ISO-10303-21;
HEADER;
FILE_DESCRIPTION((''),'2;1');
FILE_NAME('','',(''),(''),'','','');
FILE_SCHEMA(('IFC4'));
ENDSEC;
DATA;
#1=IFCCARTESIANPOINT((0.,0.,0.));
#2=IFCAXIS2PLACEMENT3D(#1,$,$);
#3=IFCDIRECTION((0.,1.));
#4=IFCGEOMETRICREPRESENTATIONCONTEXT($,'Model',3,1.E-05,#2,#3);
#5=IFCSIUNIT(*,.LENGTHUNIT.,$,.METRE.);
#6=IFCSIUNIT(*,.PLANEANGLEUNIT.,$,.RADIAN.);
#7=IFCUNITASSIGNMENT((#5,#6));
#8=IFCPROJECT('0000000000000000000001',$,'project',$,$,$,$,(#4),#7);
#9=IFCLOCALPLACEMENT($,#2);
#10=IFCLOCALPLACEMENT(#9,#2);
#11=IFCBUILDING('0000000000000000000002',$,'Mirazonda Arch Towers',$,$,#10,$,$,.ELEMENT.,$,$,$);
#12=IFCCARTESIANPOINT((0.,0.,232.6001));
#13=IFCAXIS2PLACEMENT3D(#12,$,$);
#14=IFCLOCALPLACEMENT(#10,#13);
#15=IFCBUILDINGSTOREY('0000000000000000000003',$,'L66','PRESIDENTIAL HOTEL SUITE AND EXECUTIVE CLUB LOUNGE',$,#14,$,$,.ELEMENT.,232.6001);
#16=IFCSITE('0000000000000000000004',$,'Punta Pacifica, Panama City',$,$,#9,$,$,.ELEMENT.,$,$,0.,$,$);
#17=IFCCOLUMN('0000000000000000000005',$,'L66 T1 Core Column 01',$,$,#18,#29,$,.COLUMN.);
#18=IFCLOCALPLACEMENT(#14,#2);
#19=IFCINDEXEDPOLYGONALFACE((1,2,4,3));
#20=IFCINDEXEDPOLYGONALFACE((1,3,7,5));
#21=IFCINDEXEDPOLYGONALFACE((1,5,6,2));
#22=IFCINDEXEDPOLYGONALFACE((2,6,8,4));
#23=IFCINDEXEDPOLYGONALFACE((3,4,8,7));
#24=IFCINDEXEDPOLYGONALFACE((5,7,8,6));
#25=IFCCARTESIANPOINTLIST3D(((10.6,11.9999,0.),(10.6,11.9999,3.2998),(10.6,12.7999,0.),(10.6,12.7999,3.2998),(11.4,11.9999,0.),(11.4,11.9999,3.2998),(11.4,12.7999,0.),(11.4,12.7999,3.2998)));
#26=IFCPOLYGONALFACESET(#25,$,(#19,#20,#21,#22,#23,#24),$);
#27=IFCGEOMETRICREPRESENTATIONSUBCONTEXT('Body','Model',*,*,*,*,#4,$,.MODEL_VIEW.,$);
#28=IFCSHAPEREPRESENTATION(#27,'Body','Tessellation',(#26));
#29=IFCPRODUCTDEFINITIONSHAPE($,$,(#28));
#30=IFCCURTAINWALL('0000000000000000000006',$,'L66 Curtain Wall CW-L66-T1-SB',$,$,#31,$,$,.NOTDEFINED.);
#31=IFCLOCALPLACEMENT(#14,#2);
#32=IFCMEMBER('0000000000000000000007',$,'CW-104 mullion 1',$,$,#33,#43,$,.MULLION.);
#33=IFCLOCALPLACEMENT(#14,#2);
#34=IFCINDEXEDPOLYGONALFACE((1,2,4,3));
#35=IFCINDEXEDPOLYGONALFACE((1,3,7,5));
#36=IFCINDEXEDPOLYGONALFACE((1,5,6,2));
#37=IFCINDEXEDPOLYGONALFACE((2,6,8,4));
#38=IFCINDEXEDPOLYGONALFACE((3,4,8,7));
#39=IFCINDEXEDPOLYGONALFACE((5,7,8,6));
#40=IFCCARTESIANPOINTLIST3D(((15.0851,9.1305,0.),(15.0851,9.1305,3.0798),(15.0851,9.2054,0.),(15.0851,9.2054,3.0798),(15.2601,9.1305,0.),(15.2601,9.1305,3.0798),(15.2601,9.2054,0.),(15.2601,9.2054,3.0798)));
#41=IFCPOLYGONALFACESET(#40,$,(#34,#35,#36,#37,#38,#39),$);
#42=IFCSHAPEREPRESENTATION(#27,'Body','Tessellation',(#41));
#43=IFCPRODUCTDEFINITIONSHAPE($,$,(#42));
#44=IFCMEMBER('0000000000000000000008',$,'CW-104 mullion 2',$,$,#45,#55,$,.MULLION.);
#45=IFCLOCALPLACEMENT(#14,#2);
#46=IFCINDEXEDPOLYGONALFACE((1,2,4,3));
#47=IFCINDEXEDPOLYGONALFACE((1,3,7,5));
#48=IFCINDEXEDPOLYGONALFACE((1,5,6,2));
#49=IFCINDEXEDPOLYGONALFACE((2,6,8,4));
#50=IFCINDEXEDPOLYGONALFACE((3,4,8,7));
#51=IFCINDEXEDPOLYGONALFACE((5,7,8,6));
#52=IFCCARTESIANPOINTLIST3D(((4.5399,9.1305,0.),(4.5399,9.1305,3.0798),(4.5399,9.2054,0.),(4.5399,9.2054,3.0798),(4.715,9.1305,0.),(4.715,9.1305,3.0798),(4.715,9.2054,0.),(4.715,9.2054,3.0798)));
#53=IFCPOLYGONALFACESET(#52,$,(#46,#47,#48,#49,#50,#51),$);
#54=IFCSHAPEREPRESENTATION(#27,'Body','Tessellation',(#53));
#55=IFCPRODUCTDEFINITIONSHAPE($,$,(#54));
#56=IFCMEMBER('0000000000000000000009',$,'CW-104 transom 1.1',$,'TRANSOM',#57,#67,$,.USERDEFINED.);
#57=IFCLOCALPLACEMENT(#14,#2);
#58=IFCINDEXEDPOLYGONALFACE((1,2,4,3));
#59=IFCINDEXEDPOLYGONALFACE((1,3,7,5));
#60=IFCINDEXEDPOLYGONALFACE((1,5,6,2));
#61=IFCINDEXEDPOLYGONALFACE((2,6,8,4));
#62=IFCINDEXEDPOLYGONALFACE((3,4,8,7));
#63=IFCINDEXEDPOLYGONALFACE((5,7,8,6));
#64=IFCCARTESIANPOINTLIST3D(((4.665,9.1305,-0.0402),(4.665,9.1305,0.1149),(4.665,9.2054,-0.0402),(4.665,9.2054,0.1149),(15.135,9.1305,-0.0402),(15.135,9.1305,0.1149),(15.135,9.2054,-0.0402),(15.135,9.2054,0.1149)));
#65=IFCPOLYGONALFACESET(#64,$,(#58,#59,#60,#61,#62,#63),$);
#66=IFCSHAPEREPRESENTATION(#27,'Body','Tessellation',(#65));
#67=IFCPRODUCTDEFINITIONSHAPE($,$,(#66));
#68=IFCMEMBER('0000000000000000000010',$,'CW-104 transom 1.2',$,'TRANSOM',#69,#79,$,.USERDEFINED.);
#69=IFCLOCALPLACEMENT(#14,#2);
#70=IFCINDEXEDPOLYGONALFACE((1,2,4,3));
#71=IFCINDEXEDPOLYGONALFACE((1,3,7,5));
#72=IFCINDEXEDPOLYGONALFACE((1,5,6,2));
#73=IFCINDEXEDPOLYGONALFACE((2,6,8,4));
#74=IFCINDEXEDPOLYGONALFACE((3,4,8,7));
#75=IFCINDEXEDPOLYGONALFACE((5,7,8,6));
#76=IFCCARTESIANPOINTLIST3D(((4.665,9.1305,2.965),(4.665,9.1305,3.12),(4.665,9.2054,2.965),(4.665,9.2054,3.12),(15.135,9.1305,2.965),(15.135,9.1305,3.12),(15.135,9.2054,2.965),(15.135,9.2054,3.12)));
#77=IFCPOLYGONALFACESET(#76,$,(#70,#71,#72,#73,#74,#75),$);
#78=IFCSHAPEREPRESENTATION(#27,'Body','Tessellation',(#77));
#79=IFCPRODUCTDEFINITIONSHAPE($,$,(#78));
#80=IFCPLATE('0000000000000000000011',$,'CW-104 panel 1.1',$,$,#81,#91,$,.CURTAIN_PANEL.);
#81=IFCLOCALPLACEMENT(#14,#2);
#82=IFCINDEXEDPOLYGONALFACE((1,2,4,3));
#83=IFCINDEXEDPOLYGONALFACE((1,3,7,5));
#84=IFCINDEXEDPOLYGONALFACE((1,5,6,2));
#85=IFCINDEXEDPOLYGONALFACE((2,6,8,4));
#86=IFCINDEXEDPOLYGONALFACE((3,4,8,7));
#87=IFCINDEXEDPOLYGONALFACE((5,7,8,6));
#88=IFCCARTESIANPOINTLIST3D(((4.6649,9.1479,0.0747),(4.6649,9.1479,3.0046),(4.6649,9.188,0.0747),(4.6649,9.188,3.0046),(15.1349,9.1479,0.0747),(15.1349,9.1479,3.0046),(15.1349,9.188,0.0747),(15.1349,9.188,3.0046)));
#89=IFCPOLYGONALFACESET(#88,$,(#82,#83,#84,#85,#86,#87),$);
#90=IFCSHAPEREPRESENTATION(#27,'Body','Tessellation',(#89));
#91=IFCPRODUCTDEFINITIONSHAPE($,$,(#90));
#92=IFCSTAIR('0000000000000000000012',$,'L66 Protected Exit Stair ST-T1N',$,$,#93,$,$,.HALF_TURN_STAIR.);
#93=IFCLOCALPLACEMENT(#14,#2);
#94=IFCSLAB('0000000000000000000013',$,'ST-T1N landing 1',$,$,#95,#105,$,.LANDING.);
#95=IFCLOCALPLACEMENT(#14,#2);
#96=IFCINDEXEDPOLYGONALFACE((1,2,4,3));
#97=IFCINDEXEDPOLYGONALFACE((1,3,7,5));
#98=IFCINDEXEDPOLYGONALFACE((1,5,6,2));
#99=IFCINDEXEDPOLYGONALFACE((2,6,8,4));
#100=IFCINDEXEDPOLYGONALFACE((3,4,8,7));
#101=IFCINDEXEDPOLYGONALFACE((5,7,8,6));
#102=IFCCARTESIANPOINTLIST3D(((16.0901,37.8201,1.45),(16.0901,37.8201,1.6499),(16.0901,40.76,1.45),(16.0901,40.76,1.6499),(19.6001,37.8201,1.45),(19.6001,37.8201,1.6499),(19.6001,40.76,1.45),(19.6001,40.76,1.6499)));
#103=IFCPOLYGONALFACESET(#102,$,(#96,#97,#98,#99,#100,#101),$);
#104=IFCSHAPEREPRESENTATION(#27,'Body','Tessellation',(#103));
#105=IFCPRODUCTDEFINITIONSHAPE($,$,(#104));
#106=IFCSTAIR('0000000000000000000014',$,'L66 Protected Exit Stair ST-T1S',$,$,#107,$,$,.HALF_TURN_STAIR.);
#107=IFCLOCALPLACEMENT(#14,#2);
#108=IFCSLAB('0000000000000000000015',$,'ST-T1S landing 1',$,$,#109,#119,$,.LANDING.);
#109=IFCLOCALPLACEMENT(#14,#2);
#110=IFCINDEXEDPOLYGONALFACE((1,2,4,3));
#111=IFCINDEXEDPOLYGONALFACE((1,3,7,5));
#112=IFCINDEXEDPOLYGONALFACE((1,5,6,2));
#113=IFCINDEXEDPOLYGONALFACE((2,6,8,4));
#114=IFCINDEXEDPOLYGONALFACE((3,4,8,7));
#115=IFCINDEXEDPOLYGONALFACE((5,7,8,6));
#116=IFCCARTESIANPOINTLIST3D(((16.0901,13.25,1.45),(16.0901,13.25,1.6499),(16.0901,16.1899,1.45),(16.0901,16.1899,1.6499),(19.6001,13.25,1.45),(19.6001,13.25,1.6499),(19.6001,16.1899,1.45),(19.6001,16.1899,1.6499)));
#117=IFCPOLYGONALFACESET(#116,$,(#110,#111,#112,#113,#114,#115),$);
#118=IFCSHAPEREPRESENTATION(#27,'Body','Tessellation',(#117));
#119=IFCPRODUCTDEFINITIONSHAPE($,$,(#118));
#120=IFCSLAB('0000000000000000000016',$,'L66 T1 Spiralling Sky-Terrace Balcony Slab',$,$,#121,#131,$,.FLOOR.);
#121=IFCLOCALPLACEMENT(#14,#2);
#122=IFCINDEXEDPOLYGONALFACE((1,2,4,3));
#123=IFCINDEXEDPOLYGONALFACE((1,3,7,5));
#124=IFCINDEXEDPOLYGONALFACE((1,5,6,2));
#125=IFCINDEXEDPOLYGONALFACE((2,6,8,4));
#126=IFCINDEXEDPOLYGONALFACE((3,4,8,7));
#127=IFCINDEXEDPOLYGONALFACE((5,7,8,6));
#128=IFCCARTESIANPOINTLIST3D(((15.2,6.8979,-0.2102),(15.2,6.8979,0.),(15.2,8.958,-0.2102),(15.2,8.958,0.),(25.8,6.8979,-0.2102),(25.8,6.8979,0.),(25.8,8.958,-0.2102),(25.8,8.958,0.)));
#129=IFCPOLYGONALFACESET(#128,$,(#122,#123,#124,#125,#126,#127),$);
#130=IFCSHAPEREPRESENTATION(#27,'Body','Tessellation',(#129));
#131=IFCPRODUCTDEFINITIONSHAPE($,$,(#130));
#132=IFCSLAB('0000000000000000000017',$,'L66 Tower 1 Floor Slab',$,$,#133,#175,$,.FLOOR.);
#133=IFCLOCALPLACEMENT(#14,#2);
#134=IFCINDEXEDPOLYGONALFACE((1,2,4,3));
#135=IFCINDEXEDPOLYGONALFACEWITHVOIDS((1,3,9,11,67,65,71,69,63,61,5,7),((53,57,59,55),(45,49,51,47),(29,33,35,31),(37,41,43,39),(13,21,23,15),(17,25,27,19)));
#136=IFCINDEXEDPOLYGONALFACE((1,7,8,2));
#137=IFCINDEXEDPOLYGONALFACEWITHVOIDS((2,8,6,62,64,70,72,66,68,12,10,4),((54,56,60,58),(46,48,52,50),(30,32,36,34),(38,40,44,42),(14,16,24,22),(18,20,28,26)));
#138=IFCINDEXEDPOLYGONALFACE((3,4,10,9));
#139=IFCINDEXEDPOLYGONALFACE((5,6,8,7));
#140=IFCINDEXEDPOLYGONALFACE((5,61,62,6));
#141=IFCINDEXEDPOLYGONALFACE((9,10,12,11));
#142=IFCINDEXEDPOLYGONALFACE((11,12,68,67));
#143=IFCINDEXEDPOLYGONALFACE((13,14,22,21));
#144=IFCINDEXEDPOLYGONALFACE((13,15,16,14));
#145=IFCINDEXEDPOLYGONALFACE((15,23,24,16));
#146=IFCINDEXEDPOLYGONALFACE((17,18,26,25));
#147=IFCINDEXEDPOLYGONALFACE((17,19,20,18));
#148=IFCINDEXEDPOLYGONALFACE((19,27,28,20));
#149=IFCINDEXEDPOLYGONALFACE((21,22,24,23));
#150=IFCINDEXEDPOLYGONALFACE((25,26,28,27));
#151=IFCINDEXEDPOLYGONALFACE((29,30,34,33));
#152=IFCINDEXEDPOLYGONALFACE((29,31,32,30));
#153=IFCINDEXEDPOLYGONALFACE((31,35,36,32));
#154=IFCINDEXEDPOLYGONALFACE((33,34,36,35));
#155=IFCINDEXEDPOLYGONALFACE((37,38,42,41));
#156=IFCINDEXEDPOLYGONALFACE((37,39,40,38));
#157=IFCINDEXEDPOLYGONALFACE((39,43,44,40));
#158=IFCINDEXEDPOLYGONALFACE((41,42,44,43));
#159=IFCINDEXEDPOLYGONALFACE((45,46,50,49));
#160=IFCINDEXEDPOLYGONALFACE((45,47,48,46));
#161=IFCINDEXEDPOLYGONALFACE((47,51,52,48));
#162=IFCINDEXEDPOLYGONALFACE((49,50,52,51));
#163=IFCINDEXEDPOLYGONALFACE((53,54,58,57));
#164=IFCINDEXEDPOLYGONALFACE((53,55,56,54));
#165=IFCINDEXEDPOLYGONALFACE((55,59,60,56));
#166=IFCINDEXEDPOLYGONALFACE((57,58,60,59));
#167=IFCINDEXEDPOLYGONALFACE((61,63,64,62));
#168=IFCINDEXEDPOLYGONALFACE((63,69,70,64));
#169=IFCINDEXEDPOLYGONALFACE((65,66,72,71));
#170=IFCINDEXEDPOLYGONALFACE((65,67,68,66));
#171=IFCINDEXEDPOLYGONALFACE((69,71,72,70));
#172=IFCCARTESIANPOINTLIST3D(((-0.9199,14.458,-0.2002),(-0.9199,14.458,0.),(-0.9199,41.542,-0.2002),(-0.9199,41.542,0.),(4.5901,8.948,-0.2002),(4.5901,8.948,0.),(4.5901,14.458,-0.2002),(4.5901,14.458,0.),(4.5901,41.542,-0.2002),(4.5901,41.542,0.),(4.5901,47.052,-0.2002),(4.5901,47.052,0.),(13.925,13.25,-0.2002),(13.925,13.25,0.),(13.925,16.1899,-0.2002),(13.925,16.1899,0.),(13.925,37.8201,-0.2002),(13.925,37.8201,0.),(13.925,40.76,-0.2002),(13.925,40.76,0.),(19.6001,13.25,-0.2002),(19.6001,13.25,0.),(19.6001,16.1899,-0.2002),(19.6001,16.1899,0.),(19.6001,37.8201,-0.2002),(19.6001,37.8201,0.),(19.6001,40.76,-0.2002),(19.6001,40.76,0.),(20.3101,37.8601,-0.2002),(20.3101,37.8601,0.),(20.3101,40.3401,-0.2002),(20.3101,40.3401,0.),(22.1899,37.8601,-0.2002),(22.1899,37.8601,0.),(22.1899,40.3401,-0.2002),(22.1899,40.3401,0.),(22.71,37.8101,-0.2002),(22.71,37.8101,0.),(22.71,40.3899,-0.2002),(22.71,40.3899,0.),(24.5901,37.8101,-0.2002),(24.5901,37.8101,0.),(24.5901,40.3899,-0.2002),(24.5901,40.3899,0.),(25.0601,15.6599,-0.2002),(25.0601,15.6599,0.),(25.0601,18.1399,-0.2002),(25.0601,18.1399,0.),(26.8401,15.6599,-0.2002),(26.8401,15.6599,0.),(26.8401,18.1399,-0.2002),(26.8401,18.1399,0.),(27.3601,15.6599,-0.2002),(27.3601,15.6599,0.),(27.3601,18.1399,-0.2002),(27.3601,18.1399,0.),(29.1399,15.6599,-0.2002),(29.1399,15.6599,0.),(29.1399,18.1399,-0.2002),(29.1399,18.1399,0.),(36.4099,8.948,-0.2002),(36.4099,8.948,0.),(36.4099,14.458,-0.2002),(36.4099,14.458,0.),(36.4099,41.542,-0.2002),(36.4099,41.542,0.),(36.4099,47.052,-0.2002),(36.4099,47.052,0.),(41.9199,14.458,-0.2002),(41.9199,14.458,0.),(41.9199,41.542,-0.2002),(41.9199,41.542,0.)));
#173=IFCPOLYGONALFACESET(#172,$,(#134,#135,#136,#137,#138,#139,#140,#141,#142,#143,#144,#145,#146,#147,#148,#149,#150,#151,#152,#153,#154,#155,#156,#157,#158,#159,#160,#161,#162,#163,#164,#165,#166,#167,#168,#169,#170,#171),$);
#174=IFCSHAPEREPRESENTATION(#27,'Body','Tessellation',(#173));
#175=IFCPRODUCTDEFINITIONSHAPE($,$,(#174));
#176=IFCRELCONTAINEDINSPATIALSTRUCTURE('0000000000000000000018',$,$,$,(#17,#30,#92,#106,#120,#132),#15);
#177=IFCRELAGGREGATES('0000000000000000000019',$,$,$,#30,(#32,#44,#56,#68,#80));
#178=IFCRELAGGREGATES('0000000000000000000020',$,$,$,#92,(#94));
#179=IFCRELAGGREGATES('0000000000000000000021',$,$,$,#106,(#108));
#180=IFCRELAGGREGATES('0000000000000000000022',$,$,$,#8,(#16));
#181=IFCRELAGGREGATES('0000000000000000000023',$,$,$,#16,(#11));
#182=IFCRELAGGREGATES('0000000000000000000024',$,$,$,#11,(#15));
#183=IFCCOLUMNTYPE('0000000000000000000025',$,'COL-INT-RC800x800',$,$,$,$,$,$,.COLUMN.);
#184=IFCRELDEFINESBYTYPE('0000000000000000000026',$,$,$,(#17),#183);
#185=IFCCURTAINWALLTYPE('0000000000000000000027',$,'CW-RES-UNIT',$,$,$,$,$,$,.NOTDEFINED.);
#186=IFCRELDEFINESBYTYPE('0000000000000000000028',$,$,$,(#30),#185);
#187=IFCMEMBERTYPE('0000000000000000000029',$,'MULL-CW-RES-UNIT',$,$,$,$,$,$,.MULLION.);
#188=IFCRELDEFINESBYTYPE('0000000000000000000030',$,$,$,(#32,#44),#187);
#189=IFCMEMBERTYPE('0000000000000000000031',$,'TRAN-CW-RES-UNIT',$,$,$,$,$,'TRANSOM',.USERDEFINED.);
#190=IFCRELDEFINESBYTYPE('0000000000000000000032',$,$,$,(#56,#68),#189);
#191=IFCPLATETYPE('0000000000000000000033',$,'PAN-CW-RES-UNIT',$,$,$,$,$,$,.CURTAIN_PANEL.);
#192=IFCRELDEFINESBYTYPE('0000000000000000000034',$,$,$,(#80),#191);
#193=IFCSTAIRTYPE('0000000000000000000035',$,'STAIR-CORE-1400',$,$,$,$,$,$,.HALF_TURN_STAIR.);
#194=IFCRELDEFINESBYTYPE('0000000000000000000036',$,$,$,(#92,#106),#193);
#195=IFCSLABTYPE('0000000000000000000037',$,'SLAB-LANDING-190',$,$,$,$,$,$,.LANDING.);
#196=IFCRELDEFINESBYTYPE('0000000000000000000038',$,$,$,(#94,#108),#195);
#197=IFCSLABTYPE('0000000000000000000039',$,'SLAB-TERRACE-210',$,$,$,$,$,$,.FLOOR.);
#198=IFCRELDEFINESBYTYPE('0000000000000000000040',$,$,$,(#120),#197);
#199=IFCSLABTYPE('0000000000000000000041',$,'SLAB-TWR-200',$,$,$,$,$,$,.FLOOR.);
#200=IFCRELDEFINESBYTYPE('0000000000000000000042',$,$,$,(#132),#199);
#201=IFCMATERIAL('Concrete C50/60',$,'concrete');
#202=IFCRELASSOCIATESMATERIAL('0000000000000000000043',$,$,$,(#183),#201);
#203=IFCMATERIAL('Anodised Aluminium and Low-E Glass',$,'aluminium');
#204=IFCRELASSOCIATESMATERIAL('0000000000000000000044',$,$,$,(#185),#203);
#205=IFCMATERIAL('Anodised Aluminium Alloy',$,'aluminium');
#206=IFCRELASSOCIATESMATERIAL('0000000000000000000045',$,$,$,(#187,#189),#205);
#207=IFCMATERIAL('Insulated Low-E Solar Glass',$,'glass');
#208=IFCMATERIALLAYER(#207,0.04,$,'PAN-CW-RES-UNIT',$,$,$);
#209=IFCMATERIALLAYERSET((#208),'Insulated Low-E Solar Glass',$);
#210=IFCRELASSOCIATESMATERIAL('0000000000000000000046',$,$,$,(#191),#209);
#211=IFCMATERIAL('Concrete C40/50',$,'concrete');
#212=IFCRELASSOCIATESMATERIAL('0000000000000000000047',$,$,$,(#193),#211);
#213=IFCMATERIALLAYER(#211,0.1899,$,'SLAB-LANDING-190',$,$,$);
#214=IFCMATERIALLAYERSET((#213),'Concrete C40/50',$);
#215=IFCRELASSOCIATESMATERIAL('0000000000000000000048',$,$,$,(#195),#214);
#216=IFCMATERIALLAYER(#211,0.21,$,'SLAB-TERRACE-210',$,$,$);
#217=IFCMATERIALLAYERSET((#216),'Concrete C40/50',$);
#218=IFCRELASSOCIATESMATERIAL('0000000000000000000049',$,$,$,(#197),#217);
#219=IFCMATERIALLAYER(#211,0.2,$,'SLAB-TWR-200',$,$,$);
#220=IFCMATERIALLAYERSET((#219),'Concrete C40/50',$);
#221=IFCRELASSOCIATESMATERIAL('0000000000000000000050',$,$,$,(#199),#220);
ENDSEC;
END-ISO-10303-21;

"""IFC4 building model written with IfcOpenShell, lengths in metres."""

from ifc_helpers import new_model, si_unit, direction, frame, origin, origin_2d, place, context, subcontext, project, spatial, polyline, rectangle, outline, extrude, material, layer, layer_set, material_profile, profile_set, type_object, element, aggregate, save


model = new_model("IFC4")

# Units and contexts
model_context = context("Model", 3, precision=1e-05, world=origin(), true_north=direction((0.0, 1.0)))
body_context = subcontext(model_context, "Body", "Model", "MODEL_VIEW")
ifc_project = project(units=[si_unit("LENGTHUNIT", "METRE"), si_unit("PLANEANGLEUNIT", "RADIAN")], contexts=[model_context])

# Site, building, storey
site_placement = place(None, origin())
site = spatial("IfcSite", under=ifc_project, at=site_placement, Name="Punta Pacifica, Panama City", CompositionType="ELEMENT", RefElevation=0.0)
building_placement = place(site_placement, origin())
building = spatial("IfcBuilding", under=site, at=building_placement, Name="Mirazonda Arch Towers", CompositionType="ELEMENT")
storey_placement = place(building_placement, frame((0.0, 0.0, 232.6001)))
storey = spatial("IfcBuildingStorey", under=building, at=storey_placement, Name="L66", Description="PRESIDENTIAL HOTEL SUITE AND EXECUTIVE CLUB LOUNGE", CompositionType="ELEMENT", Elevation=232.6001)

# Column
ifc_material_1 = material(Name="Concrete C50/60", Category="concrete")
ifc_material_profile_1 = material_profile(ifc_material_1, rectangle(XDim=0.8, YDim=0.8, at=origin_2d()), Name="RC800x800")
ifc_profile_set_1 = profile_set([ifc_material_profile_1], Name="Concrete C50/60")
column_type = type_object("IfcColumnType", Name="COL-INT-RC800x800", PredefinedType="COLUMN", material=ifc_profile_set_1)
column_placement = place(storey_placement, frame((11.0, 12.3999, 0.0), z_axis=(0.0, 0.0, 1.0), x_axis=(1.0, 0.0, 0.0)))
element("IfcColumn", 1, at=column_placement, inside=storey, type_object=column_type, Name="L66 T1 Core Column 01", PredefinedType="COLUMN", context=body_context, shape_type="SweptSolid", body=[
    extrude(rectangle(XDim=0.8, YDim=0.8, at=origin_2d()), origin(), (0.0, 0.0, 1.0), 3.2998),
])

# Curtain wall, members, plate
ifc_material_2 = material(Name="Anodised Aluminium and Low-E Glass", Category="aluminium")
curtain_wall_type = type_object("IfcCurtainWallType", Name="CW-RES-UNIT", PredefinedType="NOTDEFINED", material=ifc_material_2)
curtain_wall_placement = place(storey_placement, origin())
curtain_wall = element("IfcCurtainWall", 2, at=curtain_wall_placement, inside=storey, type_object=curtain_wall_type, Name="L66 Curtain Wall CW-L66-T1-SB", PredefinedType="NOTDEFINED")
ifc_material_3 = material(Name="Anodised Aluminium Alloy", Category="aluminium")
ifc_material_profile_2 = material_profile(ifc_material_3, rectangle(XDim=0.075, YDim=0.175, at=origin_2d()), Name="ALU-MULL-75x175")
ifc_profile_set_2 = profile_set([ifc_material_profile_2], Name="Anodised Aluminium Alloy")
member_type_1 = type_object("IfcMemberType", Name="MULL-CW-RES-UNIT", PredefinedType="MULLION", material=ifc_profile_set_2)
member_1_placement = place(storey_placement, frame((15.1726, 9.168, 0.0), z_axis=(0.0, 0.0, 1.0), x_axis=(0.0, -1.0, 0.0)))
member_1 = element("IfcMember", 3, at=member_1_placement, type_object=member_type_1, Name="CW-104 mullion 1", PredefinedType="MULLION", context=body_context, shape_type="SweptSolid", body=[
    extrude(rectangle(XDim=0.075, YDim=0.175, at=origin_2d()), origin(), (0.0, 0.0, 1.0), 3.0798),
])
member_2_placement = place(storey_placement, frame((4.6274, 9.168, 0.0), z_axis=(0.0, 0.0, 1.0), x_axis=(0.0, -1.0, 0.0)))
member_2 = element("IfcMember", 4, at=member_2_placement, type_object=member_type_1, Name="CW-104 mullion 2", PredefinedType="MULLION", context=body_context, shape_type="SweptSolid", body=[
    extrude(rectangle(XDim=0.075, YDim=0.175, at=origin_2d()), origin(), (0.0, 0.0, 1.0), 3.0798),
])
ifc_material_profile_3 = material_profile(ifc_material_3, rectangle(XDim=0.075, YDim=0.155, at=origin_2d()), Name="ALU-TRAN-75x155")
ifc_profile_set_3 = profile_set([ifc_material_profile_3], Name="Anodised Aluminium Alloy")
member_type_2 = type_object("IfcMemberType", Name="TRAN-CW-RES-UNIT", ElementType="TRANSOM", PredefinedType="USERDEFINED", material=ifc_profile_set_3)
member_3_placement = place(storey_placement, frame((15.135, 9.168, 0.0374), z_axis=(-1.0, 0.0, 0.0), x_axis=(0.0, -1.0, 0.0)))
member_3 = element("IfcMember", 5, at=member_3_placement, type_object=member_type_2, Name="CW-104 transom 1.1", ObjectType="TRANSOM", PredefinedType="USERDEFINED", context=body_context, shape_type="SweptSolid", body=[
    extrude(rectangle(XDim=0.075, YDim=0.155, at=origin_2d()), origin(), (0.0, 0.0, 1.0), 10.47),
])
member_4_placement = place(storey_placement, frame((15.135, 9.168, 3.0425), z_axis=(-1.0, 0.0, 0.0), x_axis=(0.0, -1.0, 0.0)))
member_4 = element("IfcMember", 6, at=member_4_placement, type_object=member_type_2, Name="CW-104 transom 1.2", ObjectType="TRANSOM", PredefinedType="USERDEFINED", context=body_context, shape_type="SweptSolid", body=[
    extrude(rectangle(XDim=0.075, YDim=0.155, at=origin_2d()), origin(), (0.0, 0.0, 1.0), 10.47),
])
ifc_material_4 = material(Name="Insulated Low-E Solar Glass", Category="glass")
ifc_layer_1 = layer(ifc_material_4, 0.04, Name="PAN-CW-RES-UNIT")
ifc_layer_set_1 = layer_set([ifc_layer_1], Name="Insulated Low-E Solar Glass")
plate_type = type_object("IfcPlateType", Name="PAN-CW-RES-UNIT", PredefinedType="CURTAIN_PANEL", material=ifc_layer_set_1)
plate_placement = place(storey_placement, frame((9.8999, 9.168, 0.0747), z_axis=(0.0, 0.0, 1.0), x_axis=(-1.0, 0.0, 0.0)))
plate = element("IfcPlate", 7, at=plate_placement, type_object=plate_type, Name="CW-104 panel 1.1", PredefinedType="CURTAIN_PANEL", context=body_context, shape_type="SweptSolid", body=[
    extrude(rectangle(XDim=10.47, YDim=0.04, at=origin_2d()), origin(), (0.0, 0.0, 1.0), 2.9299),
])
aggregate(curtain_wall, [member_1, member_2, member_3, member_4, plate])

# Stairs, slabs
ifc_material_5 = material(Name="Concrete C40/50", Category="concrete")
stair_type = type_object("IfcStairType", Name="STAIR-CORE-1400", PredefinedType="HALF_TURN_STAIR", material=ifc_material_5)
stair_1_placement = place(storey_placement, origin())
stair_1 = element("IfcStair", 8, at=stair_1_placement, inside=storey, type_object=stair_type, Name="L66 Protected Exit Stair ST-T1N", PredefinedType="HALF_TURN_STAIR")
ifc_layer_2 = layer(ifc_material_5, 0.1899, Name="SLAB-LANDING-190")
ifc_layer_set_2 = layer_set([ifc_layer_2], Name="Concrete C40/50")
slab_type_1 = type_object("IfcSlabType", Name="SLAB-LANDING-190", PredefinedType="LANDING", material=ifc_layer_set_2)
slab_1_placement = place(storey_placement, frame((0.0, 0.0, 1.45)))
slab_1 = element("IfcSlab", 9, at=slab_1_placement, type_object=slab_type_1, Name="ST-T1N landing 1", PredefinedType="LANDING", context=body_context, shape_type="SweptSolid", body=[
    extrude(outline(polyline([(16.0901, 37.8201), (19.6001, 37.8201), (19.6001, 40.76), (16.0901, 40.76), (16.0901, 37.8201)])), origin(), (0.0, 0.0, 1.0), 0.2),
])
aggregate(stair_1, [slab_1])
stair_2_placement = place(storey_placement, origin())
stair_2 = element("IfcStair", 10, at=stair_2_placement, inside=storey, type_object=stair_type, Name="L66 Protected Exit Stair ST-T1S", PredefinedType="HALF_TURN_STAIR")
slab_2_placement = place(storey_placement, frame((0.0, 0.0, 1.45)))
slab_2 = element("IfcSlab", 11, at=slab_2_placement, type_object=slab_type_1, Name="ST-T1S landing 1", PredefinedType="LANDING", context=body_context, shape_type="SweptSolid", body=[
    extrude(outline(polyline([(16.0901, 13.25), (19.6001, 13.25), (19.6001, 16.1899), (16.0901, 16.1899), (16.0901, 13.25)])), origin(), (0.0, 0.0, 1.0), 0.2),
])
aggregate(stair_2, [slab_2])

# Slabs
ifc_layer_3 = layer(ifc_material_5, 0.21, Name="SLAB-TERRACE-210")
ifc_layer_set_3 = layer_set([ifc_layer_3], Name="Concrete C40/50")
slab_type_2 = type_object("IfcSlabType", Name="SLAB-TERRACE-210", PredefinedType="FLOOR", material=ifc_layer_set_3)
slab_3_placement = place(storey_placement, frame((0.0, 0.0, -0.2102)))
element("IfcSlab", 12, at=slab_3_placement, inside=storey, type_object=slab_type_2, Name="L66 T1 Spiralling Sky-Terrace Balcony Slab", PredefinedType="FLOOR", context=body_context, shape_type="SweptSolid", body=[
    extrude(outline(polyline([(15.2, 6.8979), (25.8, 6.8979), (25.8, 8.958), (15.2, 8.958), (15.2, 6.8979)])), origin(), (0.0, 0.0, 1.0), 0.2102),
])
ifc_layer_4 = layer(ifc_material_5, 0.2, Name="SLAB-TWR-200")
ifc_layer_set_4 = layer_set([ifc_layer_4], Name="Concrete C40/50")
slab_type_3 = type_object("IfcSlabType", Name="SLAB-TWR-200", PredefinedType="FLOOR", material=ifc_layer_set_4)
slab_4_placement = place(storey_placement, frame((0.0, 0.0, -0.2002)))
element("IfcSlab", 13, at=slab_4_placement, inside=storey, type_object=slab_type_3, Name="L66 Tower 1 Floor Slab", PredefinedType="FLOOR", context=body_context, shape_type="SweptSolid", body=[
    extrude(outline(polyline([(4.5901, 8.948), (36.4099, 8.948), (36.4099, 14.458), (41.9199, 14.458), (41.9199, 41.542), (36.4099, 41.542), (36.4099, 47.052), (4.5901, 47.052), (4.5901, 41.542), (-0.9199, 41.542), (-0.9199, 14.458), (4.5901, 14.458), (4.5901, 8.948)]), holes=[polyline([(27.3601, 18.1399), (29.1399, 18.1399), (29.1399, 15.6599), (27.3601, 15.6599), (27.3601, 18.1399)]), polyline([(25.0601, 18.1399), (26.8401, 18.1399), (26.8401, 15.6599), (25.0601, 15.6599), (25.0601, 18.1399)]), polyline([(22.71, 40.3899), (24.5901, 40.3899), (24.5901, 37.8101), (22.71, 37.8101), (22.71, 40.3899)]), polyline([(20.3101, 37.8601), (20.3101, 40.3401), (22.1899, 40.3401), (22.1899, 37.8601), (20.3101, 37.8601)]), polyline([(19.6001, 13.25), (13.925, 13.25), (13.925, 16.1899), (19.6001, 16.1899), (19.6001, 13.25)]), polyline([(13.925, 37.8201), (13.925, 40.76), (19.6001, 40.76), (19.6001, 37.8201), (13.925, 37.8201)])]), origin(), (0.0, 0.0, 1.0), 0.2002),
])

save(model, "model.ifc")
